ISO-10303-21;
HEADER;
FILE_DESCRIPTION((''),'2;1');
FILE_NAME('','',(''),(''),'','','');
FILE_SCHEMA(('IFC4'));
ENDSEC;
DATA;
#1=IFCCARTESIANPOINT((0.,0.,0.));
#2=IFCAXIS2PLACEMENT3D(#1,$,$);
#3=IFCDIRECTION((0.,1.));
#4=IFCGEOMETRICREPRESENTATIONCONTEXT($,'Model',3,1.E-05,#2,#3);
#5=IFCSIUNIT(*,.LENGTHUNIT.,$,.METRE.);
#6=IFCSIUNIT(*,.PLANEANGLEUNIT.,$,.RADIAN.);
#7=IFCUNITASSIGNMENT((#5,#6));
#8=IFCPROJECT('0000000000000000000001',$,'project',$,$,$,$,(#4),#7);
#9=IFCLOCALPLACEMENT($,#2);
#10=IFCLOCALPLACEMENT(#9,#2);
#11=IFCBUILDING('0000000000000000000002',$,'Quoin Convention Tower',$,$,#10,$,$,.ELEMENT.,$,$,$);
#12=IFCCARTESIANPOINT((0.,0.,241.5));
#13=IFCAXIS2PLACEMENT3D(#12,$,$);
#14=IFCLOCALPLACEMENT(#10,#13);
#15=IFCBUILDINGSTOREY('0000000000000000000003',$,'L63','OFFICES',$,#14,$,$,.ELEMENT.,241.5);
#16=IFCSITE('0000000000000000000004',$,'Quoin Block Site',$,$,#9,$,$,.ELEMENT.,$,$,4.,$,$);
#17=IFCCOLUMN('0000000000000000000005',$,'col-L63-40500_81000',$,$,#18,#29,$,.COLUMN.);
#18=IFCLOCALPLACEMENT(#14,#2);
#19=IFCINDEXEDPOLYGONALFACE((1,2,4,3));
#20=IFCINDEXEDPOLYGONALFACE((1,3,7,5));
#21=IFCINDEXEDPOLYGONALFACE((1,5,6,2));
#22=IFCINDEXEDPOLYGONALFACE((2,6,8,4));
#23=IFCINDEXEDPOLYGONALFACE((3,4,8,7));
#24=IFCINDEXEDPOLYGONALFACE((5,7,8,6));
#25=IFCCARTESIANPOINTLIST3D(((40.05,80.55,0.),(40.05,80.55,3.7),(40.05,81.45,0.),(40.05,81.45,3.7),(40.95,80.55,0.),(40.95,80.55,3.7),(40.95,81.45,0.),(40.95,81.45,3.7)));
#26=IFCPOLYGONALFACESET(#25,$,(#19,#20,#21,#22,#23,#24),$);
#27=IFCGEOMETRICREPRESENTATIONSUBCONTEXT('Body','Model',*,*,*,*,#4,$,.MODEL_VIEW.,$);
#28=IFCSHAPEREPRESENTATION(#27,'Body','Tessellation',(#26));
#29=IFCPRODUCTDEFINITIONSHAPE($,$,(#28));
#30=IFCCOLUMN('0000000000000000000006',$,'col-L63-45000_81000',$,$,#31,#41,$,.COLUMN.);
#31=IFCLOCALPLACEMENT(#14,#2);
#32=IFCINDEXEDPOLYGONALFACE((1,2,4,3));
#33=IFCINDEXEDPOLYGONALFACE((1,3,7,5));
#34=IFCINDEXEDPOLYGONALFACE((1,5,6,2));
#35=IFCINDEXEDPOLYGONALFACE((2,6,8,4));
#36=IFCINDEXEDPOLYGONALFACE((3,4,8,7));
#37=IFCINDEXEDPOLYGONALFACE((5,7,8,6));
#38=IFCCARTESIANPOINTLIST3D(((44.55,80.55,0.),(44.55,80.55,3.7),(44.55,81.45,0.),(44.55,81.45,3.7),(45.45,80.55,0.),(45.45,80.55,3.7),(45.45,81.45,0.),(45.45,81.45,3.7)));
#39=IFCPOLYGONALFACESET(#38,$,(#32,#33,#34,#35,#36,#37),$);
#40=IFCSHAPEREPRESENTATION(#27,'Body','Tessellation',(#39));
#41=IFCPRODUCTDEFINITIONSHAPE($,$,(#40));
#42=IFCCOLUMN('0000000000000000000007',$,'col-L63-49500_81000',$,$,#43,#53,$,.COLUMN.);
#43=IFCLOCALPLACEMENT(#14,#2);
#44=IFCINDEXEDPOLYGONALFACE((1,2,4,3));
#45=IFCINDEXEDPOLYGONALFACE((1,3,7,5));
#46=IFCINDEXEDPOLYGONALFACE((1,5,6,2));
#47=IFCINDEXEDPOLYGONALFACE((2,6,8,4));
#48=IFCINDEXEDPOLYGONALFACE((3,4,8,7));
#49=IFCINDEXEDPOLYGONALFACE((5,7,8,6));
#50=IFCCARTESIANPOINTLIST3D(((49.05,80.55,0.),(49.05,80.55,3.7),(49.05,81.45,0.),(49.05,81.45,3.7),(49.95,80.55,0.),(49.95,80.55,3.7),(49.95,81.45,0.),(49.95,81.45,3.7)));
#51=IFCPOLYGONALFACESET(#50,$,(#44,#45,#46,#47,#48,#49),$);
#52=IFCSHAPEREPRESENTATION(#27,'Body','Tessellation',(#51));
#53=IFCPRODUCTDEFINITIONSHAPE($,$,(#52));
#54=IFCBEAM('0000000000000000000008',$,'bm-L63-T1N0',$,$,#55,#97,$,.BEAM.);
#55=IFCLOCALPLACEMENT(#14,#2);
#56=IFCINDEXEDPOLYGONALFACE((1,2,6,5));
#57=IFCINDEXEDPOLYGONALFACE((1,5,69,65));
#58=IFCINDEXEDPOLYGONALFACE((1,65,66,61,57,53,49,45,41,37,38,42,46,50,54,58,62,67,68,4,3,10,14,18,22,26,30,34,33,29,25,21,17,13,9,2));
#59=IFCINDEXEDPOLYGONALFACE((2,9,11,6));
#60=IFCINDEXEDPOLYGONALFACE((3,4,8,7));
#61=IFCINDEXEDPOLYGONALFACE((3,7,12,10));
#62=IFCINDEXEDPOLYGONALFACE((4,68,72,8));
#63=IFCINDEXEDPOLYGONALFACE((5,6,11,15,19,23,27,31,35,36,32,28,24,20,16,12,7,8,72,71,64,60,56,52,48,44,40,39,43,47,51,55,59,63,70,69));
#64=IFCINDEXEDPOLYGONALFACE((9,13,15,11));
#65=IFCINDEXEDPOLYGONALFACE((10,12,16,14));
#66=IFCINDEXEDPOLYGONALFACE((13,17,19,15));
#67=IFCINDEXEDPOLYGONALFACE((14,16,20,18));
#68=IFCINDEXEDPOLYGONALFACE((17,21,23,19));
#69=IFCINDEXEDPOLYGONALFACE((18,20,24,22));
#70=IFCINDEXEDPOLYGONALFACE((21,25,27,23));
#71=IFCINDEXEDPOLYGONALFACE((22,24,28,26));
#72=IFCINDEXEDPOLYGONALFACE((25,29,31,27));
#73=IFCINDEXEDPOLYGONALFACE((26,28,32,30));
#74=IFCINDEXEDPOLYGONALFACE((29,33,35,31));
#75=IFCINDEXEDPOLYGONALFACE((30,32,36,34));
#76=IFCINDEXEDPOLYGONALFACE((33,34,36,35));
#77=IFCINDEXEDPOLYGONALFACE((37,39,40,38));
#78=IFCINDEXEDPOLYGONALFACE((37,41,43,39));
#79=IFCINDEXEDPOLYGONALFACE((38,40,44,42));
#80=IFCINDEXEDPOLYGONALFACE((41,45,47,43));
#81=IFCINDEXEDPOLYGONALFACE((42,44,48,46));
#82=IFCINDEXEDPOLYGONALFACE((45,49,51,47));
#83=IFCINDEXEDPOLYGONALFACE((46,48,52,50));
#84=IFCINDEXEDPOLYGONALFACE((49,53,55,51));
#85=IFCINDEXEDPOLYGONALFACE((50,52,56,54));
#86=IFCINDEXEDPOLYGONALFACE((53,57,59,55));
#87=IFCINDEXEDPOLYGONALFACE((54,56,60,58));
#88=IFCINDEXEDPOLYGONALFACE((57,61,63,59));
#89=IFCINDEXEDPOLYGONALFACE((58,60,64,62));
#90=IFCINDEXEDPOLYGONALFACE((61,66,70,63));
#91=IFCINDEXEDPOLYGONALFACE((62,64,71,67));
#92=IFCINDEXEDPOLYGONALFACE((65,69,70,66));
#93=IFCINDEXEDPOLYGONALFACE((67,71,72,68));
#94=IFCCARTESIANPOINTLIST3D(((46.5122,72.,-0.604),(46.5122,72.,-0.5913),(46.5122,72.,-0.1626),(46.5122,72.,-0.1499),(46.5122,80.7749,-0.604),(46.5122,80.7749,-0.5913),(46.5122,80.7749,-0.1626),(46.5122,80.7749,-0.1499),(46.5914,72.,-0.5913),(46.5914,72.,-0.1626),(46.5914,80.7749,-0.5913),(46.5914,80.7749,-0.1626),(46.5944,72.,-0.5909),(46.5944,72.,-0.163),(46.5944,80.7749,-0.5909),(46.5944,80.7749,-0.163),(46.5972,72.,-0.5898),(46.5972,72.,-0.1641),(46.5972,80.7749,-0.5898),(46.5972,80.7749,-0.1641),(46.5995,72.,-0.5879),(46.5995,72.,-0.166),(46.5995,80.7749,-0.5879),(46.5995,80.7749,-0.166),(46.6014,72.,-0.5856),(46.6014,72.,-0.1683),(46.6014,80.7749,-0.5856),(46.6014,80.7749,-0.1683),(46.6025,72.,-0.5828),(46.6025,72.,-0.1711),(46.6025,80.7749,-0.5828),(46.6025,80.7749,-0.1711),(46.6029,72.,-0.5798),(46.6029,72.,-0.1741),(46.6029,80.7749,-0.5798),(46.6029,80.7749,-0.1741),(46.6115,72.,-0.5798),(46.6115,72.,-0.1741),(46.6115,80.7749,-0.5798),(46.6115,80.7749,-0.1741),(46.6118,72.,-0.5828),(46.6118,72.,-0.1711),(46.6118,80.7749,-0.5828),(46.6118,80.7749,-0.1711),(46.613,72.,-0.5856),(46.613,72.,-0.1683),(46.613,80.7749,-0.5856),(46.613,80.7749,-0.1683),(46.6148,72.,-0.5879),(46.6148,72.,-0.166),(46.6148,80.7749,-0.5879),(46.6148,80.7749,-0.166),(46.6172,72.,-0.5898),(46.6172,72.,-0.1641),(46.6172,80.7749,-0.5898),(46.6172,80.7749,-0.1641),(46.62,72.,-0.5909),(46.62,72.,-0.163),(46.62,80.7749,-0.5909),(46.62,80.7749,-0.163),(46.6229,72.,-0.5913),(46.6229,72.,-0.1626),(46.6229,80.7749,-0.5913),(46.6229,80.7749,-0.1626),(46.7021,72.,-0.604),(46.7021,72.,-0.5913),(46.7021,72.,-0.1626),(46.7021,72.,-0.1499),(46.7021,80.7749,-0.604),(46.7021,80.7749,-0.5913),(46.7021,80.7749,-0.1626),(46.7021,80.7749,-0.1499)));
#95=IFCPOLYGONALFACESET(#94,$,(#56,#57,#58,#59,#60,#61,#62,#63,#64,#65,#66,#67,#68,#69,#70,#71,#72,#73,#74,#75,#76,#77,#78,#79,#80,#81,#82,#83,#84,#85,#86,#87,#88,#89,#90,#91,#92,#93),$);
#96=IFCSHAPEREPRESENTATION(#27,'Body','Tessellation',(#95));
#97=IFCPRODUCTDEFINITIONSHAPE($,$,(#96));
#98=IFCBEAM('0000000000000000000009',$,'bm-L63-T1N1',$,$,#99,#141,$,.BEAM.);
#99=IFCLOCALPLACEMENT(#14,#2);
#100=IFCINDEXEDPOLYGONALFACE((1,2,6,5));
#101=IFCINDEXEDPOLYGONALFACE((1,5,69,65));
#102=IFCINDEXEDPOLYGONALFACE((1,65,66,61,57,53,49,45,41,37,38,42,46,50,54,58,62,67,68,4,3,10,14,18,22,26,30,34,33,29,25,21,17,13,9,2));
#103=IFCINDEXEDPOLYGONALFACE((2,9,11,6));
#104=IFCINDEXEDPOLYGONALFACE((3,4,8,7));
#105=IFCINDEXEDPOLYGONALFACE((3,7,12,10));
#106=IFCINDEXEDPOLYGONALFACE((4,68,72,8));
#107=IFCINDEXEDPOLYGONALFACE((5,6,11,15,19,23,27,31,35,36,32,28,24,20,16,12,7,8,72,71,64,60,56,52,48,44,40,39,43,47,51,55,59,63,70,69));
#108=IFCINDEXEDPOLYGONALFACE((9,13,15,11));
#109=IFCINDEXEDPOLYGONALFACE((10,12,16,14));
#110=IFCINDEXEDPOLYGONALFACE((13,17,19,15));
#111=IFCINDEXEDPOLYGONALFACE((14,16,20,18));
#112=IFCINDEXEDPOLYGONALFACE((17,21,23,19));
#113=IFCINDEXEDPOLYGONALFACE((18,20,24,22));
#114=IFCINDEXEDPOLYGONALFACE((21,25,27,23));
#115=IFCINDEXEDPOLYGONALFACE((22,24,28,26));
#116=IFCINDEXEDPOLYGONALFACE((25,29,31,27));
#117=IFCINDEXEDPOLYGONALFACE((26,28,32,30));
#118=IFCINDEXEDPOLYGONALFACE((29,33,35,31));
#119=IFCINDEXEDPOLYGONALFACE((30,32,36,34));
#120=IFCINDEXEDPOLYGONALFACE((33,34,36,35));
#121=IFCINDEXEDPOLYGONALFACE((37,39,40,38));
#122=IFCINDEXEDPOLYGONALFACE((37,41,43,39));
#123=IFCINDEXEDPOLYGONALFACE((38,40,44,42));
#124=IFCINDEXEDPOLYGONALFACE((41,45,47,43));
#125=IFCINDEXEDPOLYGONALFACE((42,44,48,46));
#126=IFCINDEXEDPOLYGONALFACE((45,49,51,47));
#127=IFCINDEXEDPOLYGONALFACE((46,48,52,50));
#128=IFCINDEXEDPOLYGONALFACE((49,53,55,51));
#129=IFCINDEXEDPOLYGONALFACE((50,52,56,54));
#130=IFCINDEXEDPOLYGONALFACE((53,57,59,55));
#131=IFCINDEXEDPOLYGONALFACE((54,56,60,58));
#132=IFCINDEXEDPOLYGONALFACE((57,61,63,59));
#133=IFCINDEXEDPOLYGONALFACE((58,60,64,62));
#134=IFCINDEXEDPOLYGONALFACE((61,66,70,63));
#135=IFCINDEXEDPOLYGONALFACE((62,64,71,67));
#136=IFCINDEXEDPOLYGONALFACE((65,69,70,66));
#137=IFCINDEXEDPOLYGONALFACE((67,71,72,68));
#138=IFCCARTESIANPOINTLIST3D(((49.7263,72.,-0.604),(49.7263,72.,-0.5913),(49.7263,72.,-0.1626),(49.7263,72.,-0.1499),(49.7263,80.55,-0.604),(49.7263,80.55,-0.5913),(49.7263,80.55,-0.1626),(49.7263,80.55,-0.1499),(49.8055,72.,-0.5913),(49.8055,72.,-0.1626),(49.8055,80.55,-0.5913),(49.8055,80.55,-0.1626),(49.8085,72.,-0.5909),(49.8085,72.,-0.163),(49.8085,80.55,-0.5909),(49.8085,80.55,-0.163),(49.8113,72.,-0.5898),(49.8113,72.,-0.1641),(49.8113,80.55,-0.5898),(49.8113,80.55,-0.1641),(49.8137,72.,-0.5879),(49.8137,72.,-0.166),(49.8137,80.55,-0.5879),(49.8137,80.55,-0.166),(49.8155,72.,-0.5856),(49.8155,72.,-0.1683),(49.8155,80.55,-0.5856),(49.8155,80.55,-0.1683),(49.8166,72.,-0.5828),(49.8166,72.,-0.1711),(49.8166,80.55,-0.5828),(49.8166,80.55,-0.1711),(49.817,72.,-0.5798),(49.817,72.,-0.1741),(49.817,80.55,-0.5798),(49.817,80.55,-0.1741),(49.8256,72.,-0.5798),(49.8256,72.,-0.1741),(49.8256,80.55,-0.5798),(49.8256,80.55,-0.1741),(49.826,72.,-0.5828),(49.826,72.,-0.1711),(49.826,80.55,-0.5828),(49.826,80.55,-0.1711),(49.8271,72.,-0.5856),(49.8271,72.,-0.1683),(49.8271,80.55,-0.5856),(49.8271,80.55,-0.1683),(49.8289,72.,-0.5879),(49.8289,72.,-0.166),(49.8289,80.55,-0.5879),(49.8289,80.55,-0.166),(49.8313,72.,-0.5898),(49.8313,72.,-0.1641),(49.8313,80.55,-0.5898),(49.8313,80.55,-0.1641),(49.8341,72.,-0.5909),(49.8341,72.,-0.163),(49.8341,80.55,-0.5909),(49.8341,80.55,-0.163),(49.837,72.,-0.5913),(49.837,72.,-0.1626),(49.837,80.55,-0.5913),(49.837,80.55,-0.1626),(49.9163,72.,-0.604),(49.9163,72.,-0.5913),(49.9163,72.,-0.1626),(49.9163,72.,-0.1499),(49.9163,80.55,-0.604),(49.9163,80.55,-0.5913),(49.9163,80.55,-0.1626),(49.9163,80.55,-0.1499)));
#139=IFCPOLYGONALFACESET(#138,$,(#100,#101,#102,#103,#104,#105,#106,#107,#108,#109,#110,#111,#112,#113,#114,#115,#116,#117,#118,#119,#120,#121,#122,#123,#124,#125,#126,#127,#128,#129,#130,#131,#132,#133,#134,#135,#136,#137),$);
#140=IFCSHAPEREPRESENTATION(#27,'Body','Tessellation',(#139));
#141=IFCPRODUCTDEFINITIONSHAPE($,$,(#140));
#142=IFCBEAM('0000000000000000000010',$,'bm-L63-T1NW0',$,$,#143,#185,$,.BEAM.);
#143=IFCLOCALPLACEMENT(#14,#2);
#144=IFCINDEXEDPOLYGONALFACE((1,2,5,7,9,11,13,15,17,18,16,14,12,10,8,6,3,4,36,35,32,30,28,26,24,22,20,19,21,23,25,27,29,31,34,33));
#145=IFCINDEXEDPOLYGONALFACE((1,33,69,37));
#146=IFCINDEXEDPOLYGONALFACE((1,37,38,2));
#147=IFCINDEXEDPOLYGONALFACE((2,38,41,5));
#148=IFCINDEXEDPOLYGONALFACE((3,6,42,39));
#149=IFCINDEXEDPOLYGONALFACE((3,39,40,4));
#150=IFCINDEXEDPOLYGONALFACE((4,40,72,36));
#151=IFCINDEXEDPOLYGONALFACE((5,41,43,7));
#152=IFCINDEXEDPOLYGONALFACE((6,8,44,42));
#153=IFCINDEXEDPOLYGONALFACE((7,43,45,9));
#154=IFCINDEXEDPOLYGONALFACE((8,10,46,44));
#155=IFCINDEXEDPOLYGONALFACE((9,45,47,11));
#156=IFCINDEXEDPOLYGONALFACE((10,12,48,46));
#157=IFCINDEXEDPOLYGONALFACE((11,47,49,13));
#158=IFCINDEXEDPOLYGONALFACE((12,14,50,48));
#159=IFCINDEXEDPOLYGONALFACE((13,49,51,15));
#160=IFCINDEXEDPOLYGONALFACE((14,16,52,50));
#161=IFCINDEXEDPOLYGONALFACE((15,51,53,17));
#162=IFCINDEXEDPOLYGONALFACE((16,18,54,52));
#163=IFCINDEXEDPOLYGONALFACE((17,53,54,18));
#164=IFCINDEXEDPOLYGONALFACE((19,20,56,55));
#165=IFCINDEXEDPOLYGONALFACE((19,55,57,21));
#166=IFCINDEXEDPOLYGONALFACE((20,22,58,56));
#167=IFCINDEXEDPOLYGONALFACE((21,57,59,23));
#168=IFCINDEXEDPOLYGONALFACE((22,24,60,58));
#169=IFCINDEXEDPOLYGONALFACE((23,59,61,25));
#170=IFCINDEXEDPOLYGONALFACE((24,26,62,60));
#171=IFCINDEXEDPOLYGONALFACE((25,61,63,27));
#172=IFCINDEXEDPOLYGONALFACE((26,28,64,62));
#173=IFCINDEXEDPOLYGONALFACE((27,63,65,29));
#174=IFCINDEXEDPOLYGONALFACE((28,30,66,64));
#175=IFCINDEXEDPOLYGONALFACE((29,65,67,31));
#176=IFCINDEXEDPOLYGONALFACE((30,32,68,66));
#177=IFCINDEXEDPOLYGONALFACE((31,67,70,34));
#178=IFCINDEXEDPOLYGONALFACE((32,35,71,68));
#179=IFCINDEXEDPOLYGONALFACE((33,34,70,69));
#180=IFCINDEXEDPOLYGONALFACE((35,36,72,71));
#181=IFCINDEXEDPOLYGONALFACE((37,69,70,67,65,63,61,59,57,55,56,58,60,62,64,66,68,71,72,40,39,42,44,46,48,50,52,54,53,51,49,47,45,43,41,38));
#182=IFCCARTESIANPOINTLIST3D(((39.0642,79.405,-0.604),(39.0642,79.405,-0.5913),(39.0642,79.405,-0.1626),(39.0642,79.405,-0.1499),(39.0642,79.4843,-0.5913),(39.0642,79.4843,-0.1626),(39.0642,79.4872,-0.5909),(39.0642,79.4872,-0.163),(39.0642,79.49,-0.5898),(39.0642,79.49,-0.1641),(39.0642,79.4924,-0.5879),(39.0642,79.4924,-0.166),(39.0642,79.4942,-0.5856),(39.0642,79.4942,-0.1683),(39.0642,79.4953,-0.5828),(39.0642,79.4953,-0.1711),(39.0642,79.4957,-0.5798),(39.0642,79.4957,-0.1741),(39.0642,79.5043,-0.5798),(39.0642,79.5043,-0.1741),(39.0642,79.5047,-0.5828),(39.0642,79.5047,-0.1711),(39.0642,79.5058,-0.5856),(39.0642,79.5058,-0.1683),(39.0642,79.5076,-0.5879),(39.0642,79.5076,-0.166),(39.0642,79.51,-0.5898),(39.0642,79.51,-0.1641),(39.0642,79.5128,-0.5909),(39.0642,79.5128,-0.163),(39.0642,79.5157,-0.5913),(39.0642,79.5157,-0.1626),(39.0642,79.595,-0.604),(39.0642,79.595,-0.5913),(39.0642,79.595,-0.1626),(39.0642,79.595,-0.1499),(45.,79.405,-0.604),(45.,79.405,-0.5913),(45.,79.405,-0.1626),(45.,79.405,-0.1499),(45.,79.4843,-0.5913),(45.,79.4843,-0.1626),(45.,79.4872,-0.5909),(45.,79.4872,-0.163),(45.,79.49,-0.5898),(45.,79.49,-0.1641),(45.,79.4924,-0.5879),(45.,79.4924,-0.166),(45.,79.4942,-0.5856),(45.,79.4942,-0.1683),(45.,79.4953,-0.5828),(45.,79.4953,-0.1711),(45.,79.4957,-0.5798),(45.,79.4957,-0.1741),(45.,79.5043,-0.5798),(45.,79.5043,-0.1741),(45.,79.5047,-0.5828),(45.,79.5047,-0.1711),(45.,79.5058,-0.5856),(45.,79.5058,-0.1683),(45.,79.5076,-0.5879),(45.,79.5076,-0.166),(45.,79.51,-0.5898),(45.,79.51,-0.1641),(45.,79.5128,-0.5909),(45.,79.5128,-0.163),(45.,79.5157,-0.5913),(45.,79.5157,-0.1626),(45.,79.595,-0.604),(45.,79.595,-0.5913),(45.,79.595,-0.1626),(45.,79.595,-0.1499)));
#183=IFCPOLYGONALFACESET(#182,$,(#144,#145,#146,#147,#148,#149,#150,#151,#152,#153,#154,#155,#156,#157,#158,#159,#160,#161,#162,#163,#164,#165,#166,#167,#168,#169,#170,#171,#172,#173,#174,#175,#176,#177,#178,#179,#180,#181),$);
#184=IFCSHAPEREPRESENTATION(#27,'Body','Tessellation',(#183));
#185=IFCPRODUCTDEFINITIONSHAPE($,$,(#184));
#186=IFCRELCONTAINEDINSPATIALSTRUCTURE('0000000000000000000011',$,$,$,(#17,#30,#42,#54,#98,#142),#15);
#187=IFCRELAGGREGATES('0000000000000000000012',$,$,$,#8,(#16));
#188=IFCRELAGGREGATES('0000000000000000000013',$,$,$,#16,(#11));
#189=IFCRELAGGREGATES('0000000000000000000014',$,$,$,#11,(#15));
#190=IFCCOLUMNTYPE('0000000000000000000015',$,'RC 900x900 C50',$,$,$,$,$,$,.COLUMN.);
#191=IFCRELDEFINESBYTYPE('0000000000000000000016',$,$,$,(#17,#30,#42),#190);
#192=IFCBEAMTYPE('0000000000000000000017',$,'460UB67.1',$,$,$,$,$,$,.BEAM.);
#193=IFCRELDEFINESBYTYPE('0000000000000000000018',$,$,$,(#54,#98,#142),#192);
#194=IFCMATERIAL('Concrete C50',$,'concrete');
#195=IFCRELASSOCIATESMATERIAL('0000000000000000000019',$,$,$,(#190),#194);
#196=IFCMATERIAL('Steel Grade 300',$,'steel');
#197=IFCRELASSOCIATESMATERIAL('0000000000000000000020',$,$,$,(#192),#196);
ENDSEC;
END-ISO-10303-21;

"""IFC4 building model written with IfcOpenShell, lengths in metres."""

from ifc_helpers import new_model, si_unit, direction, frame, origin, origin_2d, place, context, subcontext, project, spatial, rectangle, i_section, extrude, material, material_profile, profile_set, type_object, element, save


model = new_model("IFC4")

# Units and contexts
model_context = context("Model", 3, precision=1e-05, world=origin(), true_north=direction((0.0, 1.0)))
body_context = subcontext(model_context, "Body", "Model", "MODEL_VIEW")
ifc_project = project(units=[si_unit("LENGTHUNIT", "METRE"), si_unit("PLANEANGLEUNIT", "RADIAN")], contexts=[model_context])

# Site, building, storey
site_placement = place(None, origin())
site = spatial("IfcSite", under=ifc_project, at=site_placement, Name="Quoin Block Site", CompositionType="ELEMENT", RefElevation=4.0)
building_placement = place(site_placement, origin())
building = spatial("IfcBuilding", under=site, at=building_placement, Name="Quoin Convention Tower", CompositionType="ELEMENT")
storey_placement = place(building_placement, frame((0.0, 0.0, 241.5)))
storey = spatial("IfcBuildingStorey", under=building, at=storey_placement, Name="L63", Description="OFFICES", CompositionType="ELEMENT", Elevation=241.5)

# Columns
ifc_material_1 = material(Name="Concrete C50", Category="concrete")
ifc_material_profile_1 = material_profile(ifc_material_1, rectangle(XDim=0.8999, YDim=0.8999, at=origin_2d()), Name="RC 900x900")
ifc_profile_set_1 = profile_set([ifc_material_profile_1], Name="Concrete C50")
column_type = type_object("IfcColumnType", Name="RC 900x900 C50", PredefinedType="COLUMN", material=ifc_profile_set_1)
for number, where, z_axis, x_axis, name in (
    (1, (40.5, 81.0, 0.0), (0.0, 0.0, 1.0), (1.0, 0.0, 0.0), "col-L63-40500_81000"),
    (2, (45.0, 81.0, 0.0), (0.0, 0.0, 1.0), (1.0, 0.0, 0.0), "col-L63-45000_81000"),
    (3, (49.5, 81.0, 0.0), (0.0, 0.0, 1.0), (1.0, 0.0, 0.0), "col-L63-49500_81000"),
):
    element("IfcColumn", number, at=place(storey_placement, frame(where, z_axis=z_axis, x_axis=x_axis)), inside=storey, type_object=column_type, Name=name, PredefinedType="COLUMN", context=body_context, shape_type="SweptSolid", body=[
        extrude(rectangle(XDim=0.8999, YDim=0.8999, at=origin_2d()), origin(), (0.0, 0.0, 1.0), 3.7),
    ])

# Beams
ifc_material_2 = material(Name="Steel Grade 300", Category="steel")
ifc_material_profile_2 = material_profile(ifc_material_2, i_section(OverallWidth=0.1899, OverallDepth=0.4541, WebThickness=0.0085, FlangeThickness=0.0127, FilletRadius=0.0115, at=origin_2d()), Name="460UB67.1")
ifc_profile_set_2 = profile_set([ifc_material_profile_2], Name="Steel Grade 300")
beam_type_1 = type_object("IfcBeamType", Name="460UB67.1", PredefinedType="BEAM", material=ifc_profile_set_2)
beam_1_placement = place(storey_placement, frame((46.6072, 72.0, -0.377), z_axis=(0.0, 1.0, 0.0), x_axis=(-1.0, 0.0, 0.0)))
element("IfcBeam", 4, at=beam_1_placement, inside=storey, type_object=beam_type_1, Name="bm-L63-T1N0", PredefinedType="BEAM", context=body_context, shape_type="SweptSolid", body=[
    extrude(i_section(OverallWidth=0.1899, OverallDepth=0.4541, WebThickness=0.0085, FlangeThickness=0.0127, FilletRadius=0.0115, at=origin_2d()), origin(), (0.0, 0.0, 1.0), 8.7749),
])
beam_2_placement = place(storey_placement, frame((49.8213, 72.0, -0.377), z_axis=(0.0, 1.0, 0.0), x_axis=(-1.0, 0.0, 0.0)))
element("IfcBeam", 5, at=beam_2_placement, inside=storey, type_object=beam_type_1, Name="bm-L63-T1N1", PredefinedType="BEAM", context=body_context, shape_type="SweptSolid", body=[
    extrude(i_section(OverallWidth=0.1899, OverallDepth=0.4541, WebThickness=0.0085, FlangeThickness=0.0127, FilletRadius=0.0115, at=origin_2d()), origin(), (0.0, 0.0, 1.0), 8.55),
])
beam_3_placement = place(storey_placement, frame((39.0642, 79.5, -0.377), z_axis=(1.0, 0.0, 0.0), x_axis=(0.0, 1.0, 0.0)))
element("IfcBeam", 6, at=beam_3_placement, inside=storey, type_object=beam_type_1, Name="bm-L63-T1NW0", PredefinedType="BEAM", context=body_context, shape_type="SweptSolid", body=[
    extrude(i_section(OverallWidth=0.1899, OverallDepth=0.4541, WebThickness=0.0085, FlangeThickness=0.0127, FilletRadius=0.0115, at=origin_2d()), origin(), (0.0, 0.0, 1.0), 5.9358),
])

save(model, "model.ifc")
